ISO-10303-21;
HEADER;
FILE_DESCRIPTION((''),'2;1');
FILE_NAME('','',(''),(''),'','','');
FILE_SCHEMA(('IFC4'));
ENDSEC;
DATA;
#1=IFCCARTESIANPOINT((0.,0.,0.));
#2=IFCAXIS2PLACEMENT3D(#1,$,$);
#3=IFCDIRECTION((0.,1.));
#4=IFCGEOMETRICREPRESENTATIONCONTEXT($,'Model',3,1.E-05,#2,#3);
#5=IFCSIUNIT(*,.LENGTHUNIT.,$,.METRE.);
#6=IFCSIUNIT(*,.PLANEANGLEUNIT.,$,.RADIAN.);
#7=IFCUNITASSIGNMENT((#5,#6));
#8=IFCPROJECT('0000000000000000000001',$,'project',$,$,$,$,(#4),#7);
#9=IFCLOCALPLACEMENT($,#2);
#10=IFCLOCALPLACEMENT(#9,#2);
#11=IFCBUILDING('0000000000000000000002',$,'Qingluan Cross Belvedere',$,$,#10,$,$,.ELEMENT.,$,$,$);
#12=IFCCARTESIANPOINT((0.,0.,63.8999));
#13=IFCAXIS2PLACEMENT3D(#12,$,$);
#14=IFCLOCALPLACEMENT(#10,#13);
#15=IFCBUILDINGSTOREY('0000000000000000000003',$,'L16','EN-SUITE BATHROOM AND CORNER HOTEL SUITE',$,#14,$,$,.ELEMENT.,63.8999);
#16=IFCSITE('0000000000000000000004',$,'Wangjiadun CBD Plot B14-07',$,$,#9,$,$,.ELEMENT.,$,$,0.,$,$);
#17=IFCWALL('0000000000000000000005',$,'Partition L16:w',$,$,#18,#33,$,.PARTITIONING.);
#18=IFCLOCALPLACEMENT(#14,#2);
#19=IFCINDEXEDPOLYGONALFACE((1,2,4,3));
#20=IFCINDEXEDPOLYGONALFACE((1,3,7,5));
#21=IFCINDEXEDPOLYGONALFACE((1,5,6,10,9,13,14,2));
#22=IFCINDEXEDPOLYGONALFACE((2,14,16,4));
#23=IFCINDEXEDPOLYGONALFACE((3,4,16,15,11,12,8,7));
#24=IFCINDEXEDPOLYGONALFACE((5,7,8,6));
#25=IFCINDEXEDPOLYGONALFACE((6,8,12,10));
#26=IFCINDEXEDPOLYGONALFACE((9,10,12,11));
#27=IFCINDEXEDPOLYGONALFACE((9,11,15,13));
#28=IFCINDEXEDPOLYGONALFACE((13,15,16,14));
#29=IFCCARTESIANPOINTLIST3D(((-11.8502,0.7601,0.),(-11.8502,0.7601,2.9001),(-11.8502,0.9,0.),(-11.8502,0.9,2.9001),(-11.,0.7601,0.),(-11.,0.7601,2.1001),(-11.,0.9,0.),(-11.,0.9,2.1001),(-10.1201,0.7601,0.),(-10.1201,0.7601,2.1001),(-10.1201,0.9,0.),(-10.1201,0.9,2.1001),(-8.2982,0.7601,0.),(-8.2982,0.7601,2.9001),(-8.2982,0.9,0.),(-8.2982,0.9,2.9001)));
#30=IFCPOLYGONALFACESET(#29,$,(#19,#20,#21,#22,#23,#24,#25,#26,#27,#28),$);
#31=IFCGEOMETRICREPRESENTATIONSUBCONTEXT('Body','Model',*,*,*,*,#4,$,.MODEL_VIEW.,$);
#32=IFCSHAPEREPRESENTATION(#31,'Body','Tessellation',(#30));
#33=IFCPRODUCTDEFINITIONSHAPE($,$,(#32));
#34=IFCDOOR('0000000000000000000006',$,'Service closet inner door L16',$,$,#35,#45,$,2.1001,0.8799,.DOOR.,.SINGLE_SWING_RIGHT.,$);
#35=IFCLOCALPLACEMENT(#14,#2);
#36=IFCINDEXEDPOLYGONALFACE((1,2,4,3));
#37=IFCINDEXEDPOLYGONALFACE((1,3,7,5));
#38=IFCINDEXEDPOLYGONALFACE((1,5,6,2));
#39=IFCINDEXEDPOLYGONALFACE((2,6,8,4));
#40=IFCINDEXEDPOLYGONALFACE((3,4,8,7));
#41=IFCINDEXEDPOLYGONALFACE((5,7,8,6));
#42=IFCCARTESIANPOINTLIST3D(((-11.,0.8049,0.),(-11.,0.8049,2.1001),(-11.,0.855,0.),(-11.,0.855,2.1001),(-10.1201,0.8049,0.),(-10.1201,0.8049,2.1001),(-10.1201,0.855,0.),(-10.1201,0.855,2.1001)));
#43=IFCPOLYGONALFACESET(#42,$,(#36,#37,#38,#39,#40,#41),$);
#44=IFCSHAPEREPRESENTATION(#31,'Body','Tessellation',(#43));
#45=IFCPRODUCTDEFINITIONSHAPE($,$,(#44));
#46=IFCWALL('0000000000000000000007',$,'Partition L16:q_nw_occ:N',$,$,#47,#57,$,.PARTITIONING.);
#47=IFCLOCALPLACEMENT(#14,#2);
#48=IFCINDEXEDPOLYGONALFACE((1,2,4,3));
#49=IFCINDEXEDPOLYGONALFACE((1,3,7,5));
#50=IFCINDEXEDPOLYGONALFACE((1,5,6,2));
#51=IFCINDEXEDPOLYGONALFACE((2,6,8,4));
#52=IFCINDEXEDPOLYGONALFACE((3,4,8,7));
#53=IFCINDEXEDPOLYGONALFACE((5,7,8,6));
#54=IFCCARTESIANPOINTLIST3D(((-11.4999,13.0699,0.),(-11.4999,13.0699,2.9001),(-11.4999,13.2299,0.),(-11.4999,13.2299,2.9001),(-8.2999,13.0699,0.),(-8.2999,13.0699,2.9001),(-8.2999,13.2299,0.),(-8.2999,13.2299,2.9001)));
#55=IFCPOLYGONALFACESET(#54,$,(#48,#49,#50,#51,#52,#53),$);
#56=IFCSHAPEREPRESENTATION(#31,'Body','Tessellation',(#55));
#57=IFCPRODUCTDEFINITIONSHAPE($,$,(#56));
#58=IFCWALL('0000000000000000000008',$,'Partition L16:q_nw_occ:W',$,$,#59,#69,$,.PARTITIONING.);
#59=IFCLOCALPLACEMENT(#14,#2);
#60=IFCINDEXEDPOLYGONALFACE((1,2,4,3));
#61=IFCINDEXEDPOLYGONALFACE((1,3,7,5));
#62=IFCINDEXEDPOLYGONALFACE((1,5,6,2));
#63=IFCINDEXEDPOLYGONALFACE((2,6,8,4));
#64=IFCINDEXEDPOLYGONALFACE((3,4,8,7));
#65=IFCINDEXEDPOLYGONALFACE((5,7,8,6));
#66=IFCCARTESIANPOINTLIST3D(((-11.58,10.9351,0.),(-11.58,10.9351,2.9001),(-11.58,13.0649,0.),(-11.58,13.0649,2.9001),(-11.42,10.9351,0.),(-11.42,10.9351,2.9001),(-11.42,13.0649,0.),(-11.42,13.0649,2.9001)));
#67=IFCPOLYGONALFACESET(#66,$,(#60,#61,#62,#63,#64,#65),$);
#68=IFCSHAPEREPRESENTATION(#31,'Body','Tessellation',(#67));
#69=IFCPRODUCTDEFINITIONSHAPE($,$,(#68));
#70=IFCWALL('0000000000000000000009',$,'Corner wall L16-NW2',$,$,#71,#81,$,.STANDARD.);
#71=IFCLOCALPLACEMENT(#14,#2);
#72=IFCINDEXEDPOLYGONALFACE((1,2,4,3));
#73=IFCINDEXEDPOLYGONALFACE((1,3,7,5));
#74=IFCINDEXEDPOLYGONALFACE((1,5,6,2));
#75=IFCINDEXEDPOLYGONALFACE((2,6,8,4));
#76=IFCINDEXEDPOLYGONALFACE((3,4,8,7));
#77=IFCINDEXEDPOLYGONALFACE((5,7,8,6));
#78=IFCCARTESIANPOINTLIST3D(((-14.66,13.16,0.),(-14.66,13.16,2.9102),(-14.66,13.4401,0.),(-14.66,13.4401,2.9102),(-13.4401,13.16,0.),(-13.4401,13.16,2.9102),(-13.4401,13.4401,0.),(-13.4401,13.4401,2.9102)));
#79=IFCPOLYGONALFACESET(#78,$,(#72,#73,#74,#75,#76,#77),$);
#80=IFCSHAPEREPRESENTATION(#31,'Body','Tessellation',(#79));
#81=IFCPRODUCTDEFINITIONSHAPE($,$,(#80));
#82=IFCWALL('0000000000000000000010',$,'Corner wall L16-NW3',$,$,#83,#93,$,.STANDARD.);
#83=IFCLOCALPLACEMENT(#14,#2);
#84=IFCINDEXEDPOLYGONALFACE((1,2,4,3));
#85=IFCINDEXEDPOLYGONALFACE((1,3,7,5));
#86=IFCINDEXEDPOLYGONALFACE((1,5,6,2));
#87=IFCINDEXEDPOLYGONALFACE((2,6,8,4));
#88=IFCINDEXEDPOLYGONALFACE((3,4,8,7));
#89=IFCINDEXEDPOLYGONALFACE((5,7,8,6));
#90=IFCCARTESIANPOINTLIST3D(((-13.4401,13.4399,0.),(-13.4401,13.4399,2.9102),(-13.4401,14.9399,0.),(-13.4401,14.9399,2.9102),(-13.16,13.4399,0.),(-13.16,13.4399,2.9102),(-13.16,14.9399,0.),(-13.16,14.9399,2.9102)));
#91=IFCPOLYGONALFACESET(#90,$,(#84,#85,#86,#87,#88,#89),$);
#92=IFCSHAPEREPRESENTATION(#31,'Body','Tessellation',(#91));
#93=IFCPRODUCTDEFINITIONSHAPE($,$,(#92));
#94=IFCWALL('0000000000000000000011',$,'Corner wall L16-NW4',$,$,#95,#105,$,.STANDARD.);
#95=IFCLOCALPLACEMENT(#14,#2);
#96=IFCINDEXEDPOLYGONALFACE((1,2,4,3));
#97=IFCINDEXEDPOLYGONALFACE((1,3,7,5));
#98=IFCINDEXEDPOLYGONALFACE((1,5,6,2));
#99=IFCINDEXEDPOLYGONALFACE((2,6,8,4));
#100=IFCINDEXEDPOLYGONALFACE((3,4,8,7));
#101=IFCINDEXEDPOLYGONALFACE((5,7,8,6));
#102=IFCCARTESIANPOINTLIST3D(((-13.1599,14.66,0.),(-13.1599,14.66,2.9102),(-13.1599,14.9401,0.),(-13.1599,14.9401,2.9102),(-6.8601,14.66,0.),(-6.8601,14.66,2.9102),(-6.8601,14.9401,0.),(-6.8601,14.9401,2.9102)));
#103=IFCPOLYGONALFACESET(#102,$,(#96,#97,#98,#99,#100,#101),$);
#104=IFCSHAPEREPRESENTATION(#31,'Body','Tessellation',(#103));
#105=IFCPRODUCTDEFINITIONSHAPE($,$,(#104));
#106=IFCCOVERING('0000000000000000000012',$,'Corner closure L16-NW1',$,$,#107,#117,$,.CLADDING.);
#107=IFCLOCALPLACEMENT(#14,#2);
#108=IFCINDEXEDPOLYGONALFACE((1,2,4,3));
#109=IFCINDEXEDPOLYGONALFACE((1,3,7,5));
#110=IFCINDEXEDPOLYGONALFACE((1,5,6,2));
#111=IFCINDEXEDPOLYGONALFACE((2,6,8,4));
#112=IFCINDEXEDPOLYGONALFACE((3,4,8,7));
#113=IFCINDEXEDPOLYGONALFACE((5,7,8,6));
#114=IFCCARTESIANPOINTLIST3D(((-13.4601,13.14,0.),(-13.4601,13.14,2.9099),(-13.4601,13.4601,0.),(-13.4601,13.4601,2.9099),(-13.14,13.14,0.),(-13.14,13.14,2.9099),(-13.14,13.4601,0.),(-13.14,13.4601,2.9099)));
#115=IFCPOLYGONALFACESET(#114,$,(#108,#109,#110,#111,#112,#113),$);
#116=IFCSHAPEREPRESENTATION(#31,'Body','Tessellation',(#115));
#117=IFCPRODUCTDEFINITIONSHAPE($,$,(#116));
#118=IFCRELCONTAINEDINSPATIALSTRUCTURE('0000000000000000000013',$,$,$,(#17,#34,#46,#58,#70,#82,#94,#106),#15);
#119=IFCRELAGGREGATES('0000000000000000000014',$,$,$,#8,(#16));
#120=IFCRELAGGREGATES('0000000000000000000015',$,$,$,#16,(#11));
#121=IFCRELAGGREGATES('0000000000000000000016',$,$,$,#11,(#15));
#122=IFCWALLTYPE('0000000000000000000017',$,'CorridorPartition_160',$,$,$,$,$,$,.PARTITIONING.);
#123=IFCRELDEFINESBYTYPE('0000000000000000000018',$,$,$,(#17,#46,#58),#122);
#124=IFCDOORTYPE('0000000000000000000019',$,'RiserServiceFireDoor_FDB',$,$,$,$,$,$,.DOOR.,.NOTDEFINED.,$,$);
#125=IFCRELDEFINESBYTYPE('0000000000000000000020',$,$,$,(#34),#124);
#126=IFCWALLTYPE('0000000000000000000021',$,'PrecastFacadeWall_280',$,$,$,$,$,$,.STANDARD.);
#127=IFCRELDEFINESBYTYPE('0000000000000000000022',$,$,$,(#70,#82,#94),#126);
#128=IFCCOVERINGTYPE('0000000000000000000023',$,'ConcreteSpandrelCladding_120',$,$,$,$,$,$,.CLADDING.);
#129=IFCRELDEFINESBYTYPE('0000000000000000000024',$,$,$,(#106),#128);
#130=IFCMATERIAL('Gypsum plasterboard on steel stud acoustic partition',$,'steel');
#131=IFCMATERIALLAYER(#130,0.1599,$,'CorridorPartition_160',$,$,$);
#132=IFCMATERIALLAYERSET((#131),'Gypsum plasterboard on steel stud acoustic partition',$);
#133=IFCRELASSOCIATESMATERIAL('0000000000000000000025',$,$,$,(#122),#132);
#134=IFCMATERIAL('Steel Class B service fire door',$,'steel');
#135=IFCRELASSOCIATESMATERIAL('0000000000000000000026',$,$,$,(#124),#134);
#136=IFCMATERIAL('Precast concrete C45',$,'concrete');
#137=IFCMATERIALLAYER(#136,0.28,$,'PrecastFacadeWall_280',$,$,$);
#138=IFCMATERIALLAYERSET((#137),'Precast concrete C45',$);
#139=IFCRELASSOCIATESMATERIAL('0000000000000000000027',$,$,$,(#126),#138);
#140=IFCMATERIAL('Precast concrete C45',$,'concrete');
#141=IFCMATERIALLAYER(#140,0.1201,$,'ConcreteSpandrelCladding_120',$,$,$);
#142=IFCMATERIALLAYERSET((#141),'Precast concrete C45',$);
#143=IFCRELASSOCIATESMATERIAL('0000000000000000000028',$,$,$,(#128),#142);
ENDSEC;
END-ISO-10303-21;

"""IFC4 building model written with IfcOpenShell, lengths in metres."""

from ifc_helpers import new_model, si_unit, direction, frame, frame_2d, origin, origin_2d, place, context, subcontext, project, spatial, rectangle, extrude, material, layer, layer_set, type_object, element, fill, save


model = new_model("IFC4")

# Units and contexts
model_context = context("Model", 3, precision=1e-05, world=origin(), true_north=direction((0.0, 1.0)))
body_context = subcontext(model_context, "Body", "Model", "MODEL_VIEW")
ifc_project = project(units=[si_unit("LENGTHUNIT", "METRE"), si_unit("PLANEANGLEUNIT", "RADIAN")], contexts=[model_context])

# Site, building, storey
site_placement = place(None, origin())
site = spatial("IfcSite", under=ifc_project, at=site_placement, Name="Wangjiadun CBD Plot B14-07", CompositionType="ELEMENT", RefElevation=0.0)
building_placement = place(site_placement, origin())
building = spatial("IfcBuilding", under=site, at=building_placement, Name="Qingluan Cross Belvedere", CompositionType="ELEMENT")
storey_placement = place(building_placement, frame((0.0, 0.0, 63.8999)))
storey = spatial("IfcBuildingStorey", under=building, at=storey_placement, Name="L16", Description="EN-SUITE BATHROOM AND CORNER HOTEL SUITE", CompositionType="ELEMENT", Elevation=63.8999)

# Wall, opening, door
ifc_material_1 = material(Name="Gypsum plasterboard on steel stud acoustic partition", Category="steel")
ifc_layer_1 = layer(ifc_material_1, 0.1599, Name="CorridorPartition_160")
ifc_layer_set_1 = layer_set([ifc_layer_1], Name="Gypsum plasterboard on steel stud acoustic partition")
wall_type_1 = type_object("IfcWallType", Name="CorridorPartition_160", PredefinedType="PARTITIONING", material=ifc_layer_set_1)
wall_1_placement = place(storey_placement, frame((-11.8501, 0.8301, 0.0), z_axis=(0.0, 0.0, 1.0), x_axis=(1.0, 0.0, 0.0)))
wall_1 = element("IfcWall", 1, at=wall_1_placement, inside=storey, type_object=wall_type_1, Name="Partition L16:w", PredefinedType="PARTITIONING", context=body_context, shape_type="SweptSolid", body=[
    extrude(rectangle(XDim=3.552, YDim=0.1399, at=frame_2d((1.7759, 0.0))), origin(), (0.0, 0.0, 1.0), 2.9001),
])
opening_1_placement = place(wall_1_placement, frame((0.8501, 0.0, 0.0)))
opening_1 = element("IfcOpeningElement", 2, at=opening_1_placement, cuts=wall_1, PredefinedType="OPENING", context=body_context, shape_type="SweptSolid", body=[
    extrude(rectangle(XDim=0.8799, YDim=2.1001, at=frame_2d((0.4399, 1.05))), frame((0.0, 0.0798, 0.0), z_axis=(0.0, -1.0, 0.0), x_axis=(1.0, 0.0, 0.0)), (0.0, 0.0, 1.0), 0.1599),
])
ifc_material_2 = material(Name="Steel Class B service fire door", Category="steel")
door_type_1 = type_object("IfcDoorType", Name="RiserServiceFireDoor_FDB", OperationType="NOTDEFINED", PredefinedType="DOOR", material=ifc_material_2)
door_1_placement = place(opening_1_placement, origin())
door_1 = element("IfcDoor", 3, at=door_1_placement, inside=storey, type_object=door_type_1, Name="Service closet inner door L16", OperationType="SINGLE_SWING_RIGHT", OverallHeight=2.1001, OverallWidth=0.8799, PredefinedType="DOOR", context=body_context, shape_type="SweptSolid", body=[
    extrude(rectangle(XDim=0.8799, YDim=2.1001, at=frame_2d((0.4399, 1.05))), frame((0.0, 0.0249, 0.0), z_axis=(0.0, -1.0, 0.0), x_axis=(1.0, 0.0, 0.0)), (0.0, 0.0, 1.0), 0.05),
])
fill(opening_1, door_1)

# Walls
wall_2_placement = place(storey_placement, frame((-11.5, 13.1499, 0.0), z_axis=(0.0, 0.0, 1.0), x_axis=(1.0, 0.0, 0.0)))
element("IfcWall", 4, at=wall_2_placement, inside=storey, type_object=wall_type_1, Name="Partition L16:q_nw_occ:N", PredefinedType="PARTITIONING", context=body_context, shape_type="SweptSolid", body=[
    extrude(rectangle(XDim=3.2, YDim=0.1599, at=frame_2d((1.6001, 0.0))), origin(), (0.0, 0.0, 1.0), 2.9001),
])
wall_3_placement = place(storey_placement, frame((-11.5, 10.9351, 0.0), z_axis=(0.0, 0.0, 1.0), x_axis=(0.0, 1.0, 0.0)))
element("IfcWall", 5, at=wall_3_placement, inside=storey, type_object=wall_type_1, Name="Partition L16:q_nw_occ:W", PredefinedType="PARTITIONING", context=body_context, shape_type="SweptSolid", body=[
    extrude(rectangle(XDim=2.1299, YDim=0.1599, at=frame_2d((1.0649, 0.0))), origin(), (0.0, 0.0, 1.0), 2.9001),
])
ifc_material_3 = material(Name="Precast concrete C45", Category="concrete")
ifc_layer_2 = layer(ifc_material_3, 0.28, Name="PrecastFacadeWall_280")
ifc_layer_set_2 = layer_set([ifc_layer_2], Name="Precast concrete C45")
wall_type_2 = type_object("IfcWallType", Name="PrecastFacadeWall_280", PredefinedType="STANDARD", material=ifc_layer_set_2)
wall_4_placement = place(storey_placement, frame((-14.6599, 13.3, 0.0), z_axis=(0.0, 0.0, 1.0), x_axis=(1.0, 0.0, 0.0)))
element("IfcWall", 6, at=wall_4_placement, inside=storey, type_object=wall_type_2, Name="Corner wall L16-NW2", PredefinedType="STANDARD", context=body_context, shape_type="SweptSolid", body=[
    extrude(rectangle(XDim=1.22, YDim=0.28, at=frame_2d((0.6099, 0.0))), origin(), (0.0, 0.0, 1.0), 2.9102),
])
wall_5_placement = place(storey_placement, frame((-13.3, 13.4399, 0.0), z_axis=(0.0, 0.0, 1.0), x_axis=(0.0, 1.0, 0.0)))
element("IfcWall", 7, at=wall_5_placement, inside=storey, type_object=wall_type_2, Name="Corner wall L16-NW3", PredefinedType="STANDARD", context=body_context, shape_type="SweptSolid", body=[
    extrude(rectangle(XDim=1.5, YDim=0.28, at=frame_2d((0.75, 0.0))), origin(), (0.0, 0.0, 1.0), 2.9102),
])
wall_6_placement = place(storey_placement, frame((-13.1599, 14.8, 0.0), z_axis=(0.0, 0.0, 1.0), x_axis=(1.0, 0.0, 0.0)))
element("IfcWall", 8, at=wall_6_placement, inside=storey, type_object=wall_type_2, Name="Corner wall L16-NW4", PredefinedType="STANDARD", context=body_context, shape_type="SweptSolid", body=[
    extrude(rectangle(XDim=6.2998, YDim=0.28, at=frame_2d((3.1499, 0.0))), origin(), (0.0, 0.0, 1.0), 2.9102),
])

# Covering
ifc_material_4 = material(Name="Precast concrete C45", Category="concrete")
ifc_layer_3 = layer(ifc_material_4, 0.1201, Name="ConcreteSpandrelCladding_120")
ifc_layer_set_3 = layer_set([ifc_layer_3], Name="Precast concrete C45")
covering_type = type_object("IfcCoveringType", Name="ConcreteSpandrelCladding_120", PredefinedType="CLADDING", material=ifc_layer_set_3)
covering_placement = place(storey_placement, frame((-13.3, 13.3, 0.0), z_axis=(0.0, 0.0, 1.0), x_axis=(1.0, 0.0, 0.0)))
element("IfcCovering", 9, at=covering_placement, inside=storey, type_object=covering_type, Name="Corner closure L16-NW1", PredefinedType="CLADDING", context=body_context, shape_type="SweptSolid", body=[
    extrude(rectangle(XDim=0.3201, YDim=0.3201, at=origin_2d()), origin(), (0.0, 0.0, 1.0), 2.9099),
])

save(model, "model.ifc")
